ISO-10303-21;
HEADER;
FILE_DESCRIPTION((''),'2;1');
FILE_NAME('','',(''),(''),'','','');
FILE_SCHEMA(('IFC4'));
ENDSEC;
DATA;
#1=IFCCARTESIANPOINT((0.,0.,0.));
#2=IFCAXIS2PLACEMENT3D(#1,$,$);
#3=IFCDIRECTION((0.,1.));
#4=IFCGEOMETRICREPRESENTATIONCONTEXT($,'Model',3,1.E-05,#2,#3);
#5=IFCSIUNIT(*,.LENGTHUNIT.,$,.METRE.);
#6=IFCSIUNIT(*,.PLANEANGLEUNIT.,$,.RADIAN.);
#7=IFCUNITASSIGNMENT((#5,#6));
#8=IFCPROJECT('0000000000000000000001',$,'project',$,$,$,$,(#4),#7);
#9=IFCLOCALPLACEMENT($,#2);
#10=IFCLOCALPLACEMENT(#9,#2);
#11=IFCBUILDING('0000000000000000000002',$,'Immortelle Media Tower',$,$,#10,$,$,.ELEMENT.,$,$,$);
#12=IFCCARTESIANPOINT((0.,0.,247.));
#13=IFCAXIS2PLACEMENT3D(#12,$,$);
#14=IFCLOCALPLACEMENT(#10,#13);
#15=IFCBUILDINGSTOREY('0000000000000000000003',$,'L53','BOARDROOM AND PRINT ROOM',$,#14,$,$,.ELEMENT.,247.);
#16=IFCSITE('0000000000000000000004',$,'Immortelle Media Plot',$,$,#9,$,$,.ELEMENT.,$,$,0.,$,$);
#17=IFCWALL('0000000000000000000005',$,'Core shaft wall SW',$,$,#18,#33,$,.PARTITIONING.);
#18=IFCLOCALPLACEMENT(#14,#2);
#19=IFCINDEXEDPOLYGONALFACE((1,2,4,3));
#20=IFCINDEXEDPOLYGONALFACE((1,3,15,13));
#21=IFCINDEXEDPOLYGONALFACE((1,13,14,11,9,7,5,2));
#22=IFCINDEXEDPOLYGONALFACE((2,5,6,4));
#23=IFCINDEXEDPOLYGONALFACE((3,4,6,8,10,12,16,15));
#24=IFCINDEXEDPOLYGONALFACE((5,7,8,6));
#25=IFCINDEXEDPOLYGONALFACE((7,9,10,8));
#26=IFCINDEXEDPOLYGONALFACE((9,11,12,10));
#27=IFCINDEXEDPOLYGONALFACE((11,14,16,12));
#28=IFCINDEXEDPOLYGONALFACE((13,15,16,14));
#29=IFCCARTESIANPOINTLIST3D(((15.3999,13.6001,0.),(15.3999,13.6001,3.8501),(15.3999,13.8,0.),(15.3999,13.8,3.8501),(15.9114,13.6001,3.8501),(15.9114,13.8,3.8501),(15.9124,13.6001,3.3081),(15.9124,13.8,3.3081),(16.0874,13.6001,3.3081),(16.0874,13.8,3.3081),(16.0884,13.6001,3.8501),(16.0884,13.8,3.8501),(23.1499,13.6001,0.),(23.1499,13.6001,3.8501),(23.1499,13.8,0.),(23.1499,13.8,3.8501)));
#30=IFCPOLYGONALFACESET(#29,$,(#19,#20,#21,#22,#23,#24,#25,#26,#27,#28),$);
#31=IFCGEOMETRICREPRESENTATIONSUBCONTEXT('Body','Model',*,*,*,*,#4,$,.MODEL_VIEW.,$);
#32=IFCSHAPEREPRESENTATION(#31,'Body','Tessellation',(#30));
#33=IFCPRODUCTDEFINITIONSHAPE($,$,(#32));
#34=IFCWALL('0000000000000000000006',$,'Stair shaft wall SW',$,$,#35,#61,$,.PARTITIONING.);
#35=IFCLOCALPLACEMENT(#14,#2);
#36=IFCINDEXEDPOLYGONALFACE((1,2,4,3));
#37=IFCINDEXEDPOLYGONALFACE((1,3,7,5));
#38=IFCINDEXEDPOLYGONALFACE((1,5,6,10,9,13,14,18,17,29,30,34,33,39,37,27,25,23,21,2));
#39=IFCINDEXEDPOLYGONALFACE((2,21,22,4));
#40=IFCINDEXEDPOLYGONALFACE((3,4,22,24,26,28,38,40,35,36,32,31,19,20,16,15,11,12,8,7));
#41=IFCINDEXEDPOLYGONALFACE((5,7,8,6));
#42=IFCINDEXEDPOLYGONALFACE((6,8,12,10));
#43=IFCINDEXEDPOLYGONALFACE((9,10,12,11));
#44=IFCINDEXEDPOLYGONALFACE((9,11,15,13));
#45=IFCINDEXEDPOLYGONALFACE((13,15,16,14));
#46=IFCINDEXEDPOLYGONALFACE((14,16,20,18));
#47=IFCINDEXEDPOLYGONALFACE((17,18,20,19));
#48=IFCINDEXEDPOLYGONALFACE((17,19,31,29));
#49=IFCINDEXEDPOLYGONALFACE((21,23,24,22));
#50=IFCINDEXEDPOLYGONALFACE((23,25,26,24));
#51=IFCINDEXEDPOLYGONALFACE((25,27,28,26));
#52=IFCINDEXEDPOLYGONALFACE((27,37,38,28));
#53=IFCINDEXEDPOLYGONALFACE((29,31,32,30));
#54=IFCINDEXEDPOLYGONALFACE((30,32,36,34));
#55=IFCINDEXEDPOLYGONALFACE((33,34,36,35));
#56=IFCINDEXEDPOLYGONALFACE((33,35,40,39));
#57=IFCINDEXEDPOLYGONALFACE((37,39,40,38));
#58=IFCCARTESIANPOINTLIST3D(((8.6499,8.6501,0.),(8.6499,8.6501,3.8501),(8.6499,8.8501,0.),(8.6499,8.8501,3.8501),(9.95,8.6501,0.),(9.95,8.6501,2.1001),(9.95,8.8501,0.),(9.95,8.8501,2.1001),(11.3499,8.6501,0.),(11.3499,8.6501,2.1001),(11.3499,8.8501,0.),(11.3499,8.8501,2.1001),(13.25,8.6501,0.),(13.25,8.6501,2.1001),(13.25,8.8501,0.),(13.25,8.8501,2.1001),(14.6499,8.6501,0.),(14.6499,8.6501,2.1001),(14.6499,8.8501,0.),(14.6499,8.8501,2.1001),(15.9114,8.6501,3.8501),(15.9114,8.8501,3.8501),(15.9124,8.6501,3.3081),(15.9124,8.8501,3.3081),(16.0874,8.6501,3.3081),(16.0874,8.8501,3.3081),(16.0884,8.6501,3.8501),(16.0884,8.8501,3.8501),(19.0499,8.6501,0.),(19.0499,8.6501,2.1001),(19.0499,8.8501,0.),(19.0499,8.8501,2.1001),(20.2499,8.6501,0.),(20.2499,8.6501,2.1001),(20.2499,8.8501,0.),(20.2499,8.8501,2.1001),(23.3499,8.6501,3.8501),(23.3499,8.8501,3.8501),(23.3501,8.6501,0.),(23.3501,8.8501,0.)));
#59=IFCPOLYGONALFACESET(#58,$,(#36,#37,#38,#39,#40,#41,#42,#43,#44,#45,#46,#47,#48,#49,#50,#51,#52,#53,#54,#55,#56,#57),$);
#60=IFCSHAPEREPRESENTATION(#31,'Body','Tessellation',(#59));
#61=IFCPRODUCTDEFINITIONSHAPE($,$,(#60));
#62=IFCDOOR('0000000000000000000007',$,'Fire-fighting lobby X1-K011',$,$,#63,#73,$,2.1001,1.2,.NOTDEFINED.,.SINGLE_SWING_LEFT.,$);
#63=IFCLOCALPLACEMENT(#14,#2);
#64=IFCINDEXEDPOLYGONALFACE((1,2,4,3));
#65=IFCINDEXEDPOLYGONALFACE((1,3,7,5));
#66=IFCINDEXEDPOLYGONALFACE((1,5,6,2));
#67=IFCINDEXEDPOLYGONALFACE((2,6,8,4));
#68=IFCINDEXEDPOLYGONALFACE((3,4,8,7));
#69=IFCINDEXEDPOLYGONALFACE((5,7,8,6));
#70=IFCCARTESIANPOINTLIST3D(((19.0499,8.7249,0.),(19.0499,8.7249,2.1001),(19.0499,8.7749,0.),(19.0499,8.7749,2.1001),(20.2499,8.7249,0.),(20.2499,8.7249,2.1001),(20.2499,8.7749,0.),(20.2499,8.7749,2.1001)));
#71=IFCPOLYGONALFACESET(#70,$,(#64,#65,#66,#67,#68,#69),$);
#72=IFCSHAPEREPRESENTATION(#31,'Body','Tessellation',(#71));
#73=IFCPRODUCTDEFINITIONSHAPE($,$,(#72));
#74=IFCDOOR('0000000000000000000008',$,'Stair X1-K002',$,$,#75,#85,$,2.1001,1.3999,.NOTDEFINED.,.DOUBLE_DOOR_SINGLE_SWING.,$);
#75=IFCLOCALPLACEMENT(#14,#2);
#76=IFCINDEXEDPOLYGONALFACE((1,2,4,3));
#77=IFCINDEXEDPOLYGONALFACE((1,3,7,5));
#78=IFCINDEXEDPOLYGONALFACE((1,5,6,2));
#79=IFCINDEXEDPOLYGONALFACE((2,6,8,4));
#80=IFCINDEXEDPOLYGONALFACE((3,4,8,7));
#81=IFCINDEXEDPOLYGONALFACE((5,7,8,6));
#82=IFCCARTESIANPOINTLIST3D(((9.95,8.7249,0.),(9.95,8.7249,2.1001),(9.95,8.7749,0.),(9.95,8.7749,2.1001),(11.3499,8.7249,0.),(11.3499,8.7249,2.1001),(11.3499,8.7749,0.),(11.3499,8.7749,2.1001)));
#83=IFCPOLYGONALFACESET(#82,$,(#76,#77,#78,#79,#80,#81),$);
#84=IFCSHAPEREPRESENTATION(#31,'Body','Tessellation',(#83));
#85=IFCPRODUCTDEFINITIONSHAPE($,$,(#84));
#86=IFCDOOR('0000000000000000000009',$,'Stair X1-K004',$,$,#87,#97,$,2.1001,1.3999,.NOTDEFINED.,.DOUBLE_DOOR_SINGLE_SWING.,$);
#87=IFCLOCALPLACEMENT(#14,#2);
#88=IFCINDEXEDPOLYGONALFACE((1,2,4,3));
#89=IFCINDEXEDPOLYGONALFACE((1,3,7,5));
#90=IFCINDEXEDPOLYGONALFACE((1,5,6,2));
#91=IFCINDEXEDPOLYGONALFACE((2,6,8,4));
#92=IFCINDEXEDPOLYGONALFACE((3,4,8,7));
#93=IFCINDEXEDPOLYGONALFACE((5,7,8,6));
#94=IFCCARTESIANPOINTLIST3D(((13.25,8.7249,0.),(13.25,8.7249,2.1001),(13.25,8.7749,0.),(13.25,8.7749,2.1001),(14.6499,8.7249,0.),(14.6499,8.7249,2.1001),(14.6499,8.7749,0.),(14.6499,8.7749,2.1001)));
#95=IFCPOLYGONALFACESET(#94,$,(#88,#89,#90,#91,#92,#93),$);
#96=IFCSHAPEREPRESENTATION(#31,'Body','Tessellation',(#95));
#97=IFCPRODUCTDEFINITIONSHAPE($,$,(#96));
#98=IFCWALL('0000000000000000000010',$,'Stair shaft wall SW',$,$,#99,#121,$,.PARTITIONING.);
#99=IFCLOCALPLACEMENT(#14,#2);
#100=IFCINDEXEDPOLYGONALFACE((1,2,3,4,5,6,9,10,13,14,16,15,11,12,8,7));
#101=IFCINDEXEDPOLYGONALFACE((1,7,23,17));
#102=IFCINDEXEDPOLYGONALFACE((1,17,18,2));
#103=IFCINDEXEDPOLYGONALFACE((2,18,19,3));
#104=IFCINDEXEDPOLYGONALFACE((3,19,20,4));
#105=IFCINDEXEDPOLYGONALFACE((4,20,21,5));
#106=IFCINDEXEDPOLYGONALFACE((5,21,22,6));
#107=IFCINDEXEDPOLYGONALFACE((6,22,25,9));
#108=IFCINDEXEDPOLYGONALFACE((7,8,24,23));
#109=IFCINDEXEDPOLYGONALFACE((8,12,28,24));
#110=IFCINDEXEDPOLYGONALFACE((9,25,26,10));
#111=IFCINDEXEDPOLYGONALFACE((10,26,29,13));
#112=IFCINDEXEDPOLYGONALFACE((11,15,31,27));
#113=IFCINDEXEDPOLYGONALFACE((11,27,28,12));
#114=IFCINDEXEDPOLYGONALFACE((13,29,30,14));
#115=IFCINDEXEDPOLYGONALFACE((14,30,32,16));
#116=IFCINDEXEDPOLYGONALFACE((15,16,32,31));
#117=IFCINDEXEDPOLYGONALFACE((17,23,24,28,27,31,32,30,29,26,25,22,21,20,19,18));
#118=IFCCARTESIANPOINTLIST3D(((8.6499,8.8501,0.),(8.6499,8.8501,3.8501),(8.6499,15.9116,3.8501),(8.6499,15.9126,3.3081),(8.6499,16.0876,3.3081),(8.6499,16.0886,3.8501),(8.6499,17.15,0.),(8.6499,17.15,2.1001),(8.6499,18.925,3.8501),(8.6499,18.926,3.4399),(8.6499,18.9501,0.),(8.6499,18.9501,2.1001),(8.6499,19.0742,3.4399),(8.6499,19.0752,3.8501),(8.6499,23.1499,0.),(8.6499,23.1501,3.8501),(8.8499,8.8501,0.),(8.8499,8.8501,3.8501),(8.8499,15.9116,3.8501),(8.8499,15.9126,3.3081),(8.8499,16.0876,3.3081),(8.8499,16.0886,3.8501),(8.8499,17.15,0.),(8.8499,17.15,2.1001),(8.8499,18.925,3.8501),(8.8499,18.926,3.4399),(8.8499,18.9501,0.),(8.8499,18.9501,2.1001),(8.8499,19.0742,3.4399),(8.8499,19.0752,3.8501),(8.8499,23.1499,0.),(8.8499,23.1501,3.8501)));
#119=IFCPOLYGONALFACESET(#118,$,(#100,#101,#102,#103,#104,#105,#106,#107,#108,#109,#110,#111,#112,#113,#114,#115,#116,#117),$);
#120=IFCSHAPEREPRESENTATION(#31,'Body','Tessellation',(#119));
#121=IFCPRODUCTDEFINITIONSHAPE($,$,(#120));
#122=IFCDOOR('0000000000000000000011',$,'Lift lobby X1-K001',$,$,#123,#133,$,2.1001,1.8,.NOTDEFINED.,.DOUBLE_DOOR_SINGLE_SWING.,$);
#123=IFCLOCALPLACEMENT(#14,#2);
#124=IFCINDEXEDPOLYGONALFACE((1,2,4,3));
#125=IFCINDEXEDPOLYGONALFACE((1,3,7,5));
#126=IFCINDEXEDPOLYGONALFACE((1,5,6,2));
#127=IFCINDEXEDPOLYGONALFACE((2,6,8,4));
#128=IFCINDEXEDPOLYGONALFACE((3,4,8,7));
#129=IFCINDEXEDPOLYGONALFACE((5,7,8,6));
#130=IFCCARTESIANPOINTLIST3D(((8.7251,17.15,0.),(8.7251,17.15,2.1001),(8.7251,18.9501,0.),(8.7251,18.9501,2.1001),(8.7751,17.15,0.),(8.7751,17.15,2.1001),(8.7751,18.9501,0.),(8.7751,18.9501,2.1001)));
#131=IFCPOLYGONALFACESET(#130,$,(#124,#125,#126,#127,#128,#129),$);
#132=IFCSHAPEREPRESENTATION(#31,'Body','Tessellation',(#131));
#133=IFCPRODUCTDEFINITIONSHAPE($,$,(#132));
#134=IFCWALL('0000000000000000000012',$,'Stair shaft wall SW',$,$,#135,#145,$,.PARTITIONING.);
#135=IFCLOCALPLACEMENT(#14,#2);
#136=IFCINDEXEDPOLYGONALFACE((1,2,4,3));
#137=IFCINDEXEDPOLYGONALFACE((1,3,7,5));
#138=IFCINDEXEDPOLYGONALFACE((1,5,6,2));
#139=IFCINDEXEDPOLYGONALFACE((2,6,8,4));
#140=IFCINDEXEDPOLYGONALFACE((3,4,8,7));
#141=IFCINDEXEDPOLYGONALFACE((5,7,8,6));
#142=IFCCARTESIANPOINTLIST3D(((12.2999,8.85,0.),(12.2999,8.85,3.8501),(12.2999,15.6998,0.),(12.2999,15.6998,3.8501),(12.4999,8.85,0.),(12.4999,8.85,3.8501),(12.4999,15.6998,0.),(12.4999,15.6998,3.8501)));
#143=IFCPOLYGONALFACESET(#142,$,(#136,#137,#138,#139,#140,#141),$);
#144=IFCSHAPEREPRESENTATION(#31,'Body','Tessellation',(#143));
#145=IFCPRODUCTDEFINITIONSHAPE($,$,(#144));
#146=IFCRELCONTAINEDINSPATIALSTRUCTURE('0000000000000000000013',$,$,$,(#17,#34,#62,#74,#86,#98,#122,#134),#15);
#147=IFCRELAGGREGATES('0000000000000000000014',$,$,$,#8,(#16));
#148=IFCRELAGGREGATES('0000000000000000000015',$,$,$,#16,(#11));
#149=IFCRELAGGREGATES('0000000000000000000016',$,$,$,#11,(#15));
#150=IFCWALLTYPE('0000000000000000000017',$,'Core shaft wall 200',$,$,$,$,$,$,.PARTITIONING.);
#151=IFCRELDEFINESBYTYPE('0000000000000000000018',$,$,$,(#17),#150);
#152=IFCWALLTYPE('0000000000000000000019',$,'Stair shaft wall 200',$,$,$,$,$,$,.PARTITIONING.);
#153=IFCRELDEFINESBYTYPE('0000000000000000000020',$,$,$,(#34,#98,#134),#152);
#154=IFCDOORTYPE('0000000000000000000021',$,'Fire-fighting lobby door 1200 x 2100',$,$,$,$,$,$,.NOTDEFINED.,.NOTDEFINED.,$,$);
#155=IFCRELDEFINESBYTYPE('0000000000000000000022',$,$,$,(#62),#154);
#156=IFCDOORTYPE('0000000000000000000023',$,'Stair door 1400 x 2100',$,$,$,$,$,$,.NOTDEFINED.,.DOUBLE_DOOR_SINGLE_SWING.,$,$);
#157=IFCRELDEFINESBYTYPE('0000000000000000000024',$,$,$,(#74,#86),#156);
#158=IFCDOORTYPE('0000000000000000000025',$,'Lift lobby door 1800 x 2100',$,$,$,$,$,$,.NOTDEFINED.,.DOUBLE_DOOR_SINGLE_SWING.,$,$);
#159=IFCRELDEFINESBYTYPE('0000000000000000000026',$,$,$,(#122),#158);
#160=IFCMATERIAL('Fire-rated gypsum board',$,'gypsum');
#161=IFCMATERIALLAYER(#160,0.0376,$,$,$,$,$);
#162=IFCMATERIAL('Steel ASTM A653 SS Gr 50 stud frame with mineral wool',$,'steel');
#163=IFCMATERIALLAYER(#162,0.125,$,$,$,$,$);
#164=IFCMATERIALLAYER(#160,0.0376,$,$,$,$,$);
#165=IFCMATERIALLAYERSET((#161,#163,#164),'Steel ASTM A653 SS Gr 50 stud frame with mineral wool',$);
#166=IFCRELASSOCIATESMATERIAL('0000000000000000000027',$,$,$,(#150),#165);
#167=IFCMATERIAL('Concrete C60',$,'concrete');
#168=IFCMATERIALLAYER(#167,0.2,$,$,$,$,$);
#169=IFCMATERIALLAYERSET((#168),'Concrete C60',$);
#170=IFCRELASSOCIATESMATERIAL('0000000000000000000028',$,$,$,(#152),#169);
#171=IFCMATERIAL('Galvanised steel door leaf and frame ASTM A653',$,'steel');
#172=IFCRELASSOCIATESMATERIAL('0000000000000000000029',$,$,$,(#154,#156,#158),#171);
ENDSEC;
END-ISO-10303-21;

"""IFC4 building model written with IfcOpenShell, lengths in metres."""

from ifc_helpers import new_model, si_unit, direction, frame, frame_2d, origin, place, context, subcontext, project, spatial, polyline, rectangle, outline, extrude, material, layer, layer_set, type_object, element, fill, save


model = new_model("IFC4")

# Units and contexts
model_context = context("Model", 3, precision=1e-05, world=origin(), true_north=direction((0.0, 1.0)))
body_context = subcontext(model_context, "Body", "Model", "MODEL_VIEW")
ifc_project = project(units=[si_unit("LENGTHUNIT", "METRE"), si_unit("PLANEANGLEUNIT", "RADIAN")], contexts=[model_context])

# Site, building, storey
site_placement = place(None, origin())
site = spatial("IfcSite", under=ifc_project, at=site_placement, Name="Immortelle Media Plot", CompositionType="ELEMENT", RefElevation=0.0)
building_placement = place(site_placement, origin())
building = spatial("IfcBuilding", under=site, at=building_placement, Name="Immortelle Media Tower", CompositionType="ELEMENT")
storey_placement = place(building_placement, frame((0.0, 0.0, 247.0)))
storey = spatial("IfcBuildingStorey", under=building, at=storey_placement, Name="L53", Description="BOARDROOM AND PRINT ROOM", CompositionType="ELEMENT", Elevation=247.0)

# Shared definitions
ifc_material_1 = material(Name="Fire-rated gypsum board", Category="gypsum")
ifc_layer_1 = layer(ifc_material_1, 0.0376)
ifc_material_2 = material(Name="Steel ASTM A653 SS Gr 50 stud frame with mineral wool", Category="steel")
ifc_layer_2 = layer(ifc_material_2, 0.125)
ifc_layer_3 = layer(ifc_material_1, 0.0376)
ifc_layer_set_1 = layer_set([ifc_layer_1, ifc_layer_2, ifc_layer_3], Name="Steel ASTM A653 SS Gr 50 stud frame with mineral wool")
wall_type_1 = type_object("IfcWallType", Name="Core shaft wall 200", PredefinedType="PARTITIONING", material=ifc_layer_set_1)

# Wall
wall_1_placement = place(storey_placement, frame((15.3999, 13.7, 0.0), z_axis=(0.0, 0.0, 1.0), x_axis=(1.0, 0.0, 0.0)))
element("IfcWall", 1, at=wall_1_placement, inside=storey, type_object=wall_type_1, Name="Core shaft wall SW", PredefinedType="PARTITIONING", context=body_context, shape_type="SweptSolid", body=[
    extrude(outline(polyline([(0.0, 0.0), (7.75, 0.0), (7.75, 3.8501), (0.6885, 3.8501), (0.6875, 3.3081), (0.5125, 3.3081), (0.5115, 3.8501), (0.0, 3.8501), (0.0, 0.0)])), frame((0.0, 0.1001, 0.0), z_axis=(0.0, -1.0, 0.0), x_axis=(1.0, 0.0, 0.0)), (0.0, 0.0, 1.0), 0.2),
])

# Wall, openings, doors
ifc_material_3 = material(Name="Concrete C60", Category="concrete")
ifc_layer_4 = layer(ifc_material_3, 0.2)
ifc_layer_set_2 = layer_set([ifc_layer_4], Name="Concrete C60")
wall_type_2 = type_object("IfcWallType", Name="Stair shaft wall 200", PredefinedType="PARTITIONING", material=ifc_layer_set_2)
wall_2_placement = place(storey_placement, frame((8.6499, 8.75, 0.0), z_axis=(0.0, 0.0, 1.0), x_axis=(1.0, 0.0, 0.0)))
wall_2 = element("IfcWall", 2, at=wall_2_placement, inside=storey, type_object=wall_type_2, Name="Stair shaft wall SW", PredefinedType="PARTITIONING", context=body_context, shape_type="SweptSolid", body=[
    extrude(outline(polyline([(0.0, 0.0), (14.7002, 0.0), (14.7, 3.8501), (7.4385, 3.8501), (7.4375, 3.3081), (7.2625, 3.3081), (7.2615, 3.8501), (0.0, 3.8501), (0.0, 0.0)])), frame((0.0, 0.1001, 0.0), z_axis=(0.0, -1.0, 0.0), x_axis=(1.0, 0.0, 0.0)), (0.0, 0.0, 1.0), 0.2),
])
opening_1_placement = place(wall_2_placement, frame((1.3, 0.0, 0.0)))
opening_1 = element("IfcOpeningElement", 3, at=opening_1_placement, cuts=wall_2, PredefinedType="OPENING", context=body_context, shape_type="SweptSolid", body=[
    extrude(rectangle(XDim=1.3999, YDim=2.1001, at=frame_2d((0.7, 1.05))), frame((0.0, 0.1099, 0.0), z_axis=(0.0, -1.0, 0.0), x_axis=(1.0, 0.0, 0.0)), (0.0, 0.0, 1.0), 0.22),
])
opening_2_placement = place(wall_2_placement, frame((4.6001, 0.0, 0.0)))
opening_2 = element("IfcOpeningElement", 4, at=opening_2_placement, cuts=wall_2, PredefinedType="OPENING", context=body_context, shape_type="SweptSolid", body=[
    extrude(rectangle(XDim=1.3999, YDim=2.1001, at=frame_2d((0.7, 1.05))), frame((0.0, 0.1099, 0.0), z_axis=(0.0, -1.0, 0.0), x_axis=(1.0, 0.0, 0.0)), (0.0, 0.0, 1.0), 0.22),
])
opening_3_placement = place(wall_2_placement, frame((10.3999, 0.0, 0.0)))
opening_3 = element("IfcOpeningElement", 5, at=opening_3_placement, cuts=wall_2, PredefinedType="OPENING", context=body_context, shape_type="SweptSolid", body=[
    extrude(rectangle(XDim=1.2, YDim=2.1001, at=frame_2d((0.6001, 1.05))), frame((0.0, 0.1099, 0.0), z_axis=(0.0, -1.0, 0.0), x_axis=(1.0, 0.0, 0.0)), (0.0, 0.0, 1.0), 0.22),
])
ifc_material_4 = material(Name="Galvanised steel door leaf and frame ASTM A653", Category="steel")
door_type_1 = type_object("IfcDoorType", Name="Fire-fighting lobby door 1200 x 2100", OperationType="NOTDEFINED", PredefinedType="NOTDEFINED", material=ifc_material_4)
door_1_placement = place(opening_3_placement, origin())
door_1 = element("IfcDoor", 6, at=door_1_placement, inside=storey, type_object=door_type_1, Name="Fire-fighting lobby X1-K011", OperationType="SINGLE_SWING_LEFT", OverallHeight=2.1001, OverallWidth=1.2, PredefinedType="NOTDEFINED", context=body_context, shape_type="SweptSolid", body=[
    extrude(rectangle(XDim=1.2, YDim=2.1001, at=frame_2d((0.6001, 1.05))), frame((0.0, 0.0249, 0.0), z_axis=(0.0, -1.0, 0.0), x_axis=(1.0, 0.0, 0.0)), (0.0, 0.0, 1.0), 0.05),
])
fill(opening_3, door_1)
door_type_2 = type_object("IfcDoorType", Name="Stair door 1400 x 2100", OperationType="DOUBLE_DOOR_SINGLE_SWING", PredefinedType="NOTDEFINED", material=ifc_material_4)
door_2_placement = place(opening_1_placement, origin())
door_2 = element("IfcDoor", 7, at=door_2_placement, inside=storey, type_object=door_type_2, Name="Stair X1-K002", OperationType="DOUBLE_DOOR_SINGLE_SWING", OverallHeight=2.1001, OverallWidth=1.3999, PredefinedType="NOTDEFINED", context=body_context, shape_type="SweptSolid", body=[
    extrude(rectangle(XDim=1.3999, YDim=2.1001, at=frame_2d((0.7, 1.05))), frame((0.0, 0.0249, 0.0), z_axis=(0.0, -1.0, 0.0), x_axis=(1.0, 0.0, 0.0)), (0.0, 0.0, 1.0), 0.05),
])
fill(opening_1, door_2)
door_3_placement = place(opening_2_placement, origin())
door_3 = element("IfcDoor", 8, at=door_3_placement, inside=storey, type_object=door_type_2, Name="Stair X1-K004", OperationType="DOUBLE_DOOR_SINGLE_SWING", OverallHeight=2.1001, OverallWidth=1.3999, PredefinedType="NOTDEFINED", context=body_context, shape_type="SweptSolid", body=[
    extrude(rectangle(XDim=1.3999, YDim=2.1001, at=frame_2d((0.7, 1.05))), frame((0.0, 0.0249, 0.0), z_axis=(0.0, -1.0, 0.0), x_axis=(1.0, 0.0, 0.0)), (0.0, 0.0, 1.0), 0.05),
])
fill(opening_2, door_3)

# Wall, opening, door
wall_3_placement = place(storey_placement, frame((8.75, 8.8501, 0.0), z_axis=(0.0, 0.0, 1.0), x_axis=(0.0, 1.0, 0.0)))
wall_3 = element("IfcWall", 9, at=wall_3_placement, inside=storey, type_object=wall_type_2, Name="Stair shaft wall SW", PredefinedType="PARTITIONING", context=body_context, shape_type="SweptSolid", body=[
    extrude(outline(polyline([(0.0, 0.0), (14.2998, 0.0), (14.3, 3.8501), (10.2251, 3.8501), (10.2241, 3.4399), (10.0759, 3.4399), (10.075, 3.8501), (7.2385, 3.8501), (7.2375, 3.3081), (7.0625, 3.3081), (7.0615, 3.8501), (0.0, 3.8501), (0.0, 0.0)])), frame((0.0, 0.1001, 0.0), z_axis=(0.0, -1.0, 0.0), x_axis=(1.0, 0.0, 0.0)), (0.0, 0.0, 1.0), 0.2),
])
opening_4_placement = place(wall_3_placement, frame((8.3, 0.0, 0.0)))
opening_4 = element("IfcOpeningElement", 10, at=opening_4_placement, cuts=wall_3, PredefinedType="OPENING", context=body_context, shape_type="SweptSolid", body=[
    extrude(rectangle(XDim=1.8, YDim=2.1001, at=frame_2d((0.8999, 1.05))), frame((0.0, 0.1099, 0.0), z_axis=(0.0, -1.0, 0.0), x_axis=(1.0, 0.0, 0.0)), (0.0, 0.0, 1.0), 0.22),
])
door_type_3 = type_object("IfcDoorType", Name="Lift lobby door 1800 x 2100", OperationType="DOUBLE_DOOR_SINGLE_SWING", PredefinedType="NOTDEFINED", material=ifc_material_4)
door_4_placement = place(opening_4_placement, origin())
door_4 = element("IfcDoor", 11, at=door_4_placement, inside=storey, type_object=door_type_3, Name="Lift lobby X1-K001", OperationType="DOUBLE_DOOR_SINGLE_SWING", OverallHeight=2.1001, OverallWidth=1.8, PredefinedType="NOTDEFINED", context=body_context, shape_type="SweptSolid", body=[
    extrude(rectangle(XDim=1.8, YDim=2.1001, at=frame_2d((0.8999, 1.05))), frame((0.0, 0.0249, 0.0), z_axis=(0.0, -1.0, 0.0), x_axis=(1.0, 0.0, 0.0)), (0.0, 0.0, 1.0), 0.05),
])
fill(opening_4, door_4)

# Wall
wall_4_placement = place(storey_placement, frame((12.3999, 8.8501, 0.0), z_axis=(0.0, 0.0, 1.0), x_axis=(0.0, 1.0, 0.0)))
element("IfcWall", 12, at=wall_4_placement, inside=storey, type_object=wall_type_2, Name="Stair shaft wall SW", PredefinedType="PARTITIONING", context=body_context, shape_type="SweptSolid", body=[
    extrude(rectangle(XDim=6.8499, YDim=0.2, at=frame_2d((3.4248, 0.0))), origin(), (0.0, 0.0, 1.0), 3.8501),
])

save(model, "model.ifc")
